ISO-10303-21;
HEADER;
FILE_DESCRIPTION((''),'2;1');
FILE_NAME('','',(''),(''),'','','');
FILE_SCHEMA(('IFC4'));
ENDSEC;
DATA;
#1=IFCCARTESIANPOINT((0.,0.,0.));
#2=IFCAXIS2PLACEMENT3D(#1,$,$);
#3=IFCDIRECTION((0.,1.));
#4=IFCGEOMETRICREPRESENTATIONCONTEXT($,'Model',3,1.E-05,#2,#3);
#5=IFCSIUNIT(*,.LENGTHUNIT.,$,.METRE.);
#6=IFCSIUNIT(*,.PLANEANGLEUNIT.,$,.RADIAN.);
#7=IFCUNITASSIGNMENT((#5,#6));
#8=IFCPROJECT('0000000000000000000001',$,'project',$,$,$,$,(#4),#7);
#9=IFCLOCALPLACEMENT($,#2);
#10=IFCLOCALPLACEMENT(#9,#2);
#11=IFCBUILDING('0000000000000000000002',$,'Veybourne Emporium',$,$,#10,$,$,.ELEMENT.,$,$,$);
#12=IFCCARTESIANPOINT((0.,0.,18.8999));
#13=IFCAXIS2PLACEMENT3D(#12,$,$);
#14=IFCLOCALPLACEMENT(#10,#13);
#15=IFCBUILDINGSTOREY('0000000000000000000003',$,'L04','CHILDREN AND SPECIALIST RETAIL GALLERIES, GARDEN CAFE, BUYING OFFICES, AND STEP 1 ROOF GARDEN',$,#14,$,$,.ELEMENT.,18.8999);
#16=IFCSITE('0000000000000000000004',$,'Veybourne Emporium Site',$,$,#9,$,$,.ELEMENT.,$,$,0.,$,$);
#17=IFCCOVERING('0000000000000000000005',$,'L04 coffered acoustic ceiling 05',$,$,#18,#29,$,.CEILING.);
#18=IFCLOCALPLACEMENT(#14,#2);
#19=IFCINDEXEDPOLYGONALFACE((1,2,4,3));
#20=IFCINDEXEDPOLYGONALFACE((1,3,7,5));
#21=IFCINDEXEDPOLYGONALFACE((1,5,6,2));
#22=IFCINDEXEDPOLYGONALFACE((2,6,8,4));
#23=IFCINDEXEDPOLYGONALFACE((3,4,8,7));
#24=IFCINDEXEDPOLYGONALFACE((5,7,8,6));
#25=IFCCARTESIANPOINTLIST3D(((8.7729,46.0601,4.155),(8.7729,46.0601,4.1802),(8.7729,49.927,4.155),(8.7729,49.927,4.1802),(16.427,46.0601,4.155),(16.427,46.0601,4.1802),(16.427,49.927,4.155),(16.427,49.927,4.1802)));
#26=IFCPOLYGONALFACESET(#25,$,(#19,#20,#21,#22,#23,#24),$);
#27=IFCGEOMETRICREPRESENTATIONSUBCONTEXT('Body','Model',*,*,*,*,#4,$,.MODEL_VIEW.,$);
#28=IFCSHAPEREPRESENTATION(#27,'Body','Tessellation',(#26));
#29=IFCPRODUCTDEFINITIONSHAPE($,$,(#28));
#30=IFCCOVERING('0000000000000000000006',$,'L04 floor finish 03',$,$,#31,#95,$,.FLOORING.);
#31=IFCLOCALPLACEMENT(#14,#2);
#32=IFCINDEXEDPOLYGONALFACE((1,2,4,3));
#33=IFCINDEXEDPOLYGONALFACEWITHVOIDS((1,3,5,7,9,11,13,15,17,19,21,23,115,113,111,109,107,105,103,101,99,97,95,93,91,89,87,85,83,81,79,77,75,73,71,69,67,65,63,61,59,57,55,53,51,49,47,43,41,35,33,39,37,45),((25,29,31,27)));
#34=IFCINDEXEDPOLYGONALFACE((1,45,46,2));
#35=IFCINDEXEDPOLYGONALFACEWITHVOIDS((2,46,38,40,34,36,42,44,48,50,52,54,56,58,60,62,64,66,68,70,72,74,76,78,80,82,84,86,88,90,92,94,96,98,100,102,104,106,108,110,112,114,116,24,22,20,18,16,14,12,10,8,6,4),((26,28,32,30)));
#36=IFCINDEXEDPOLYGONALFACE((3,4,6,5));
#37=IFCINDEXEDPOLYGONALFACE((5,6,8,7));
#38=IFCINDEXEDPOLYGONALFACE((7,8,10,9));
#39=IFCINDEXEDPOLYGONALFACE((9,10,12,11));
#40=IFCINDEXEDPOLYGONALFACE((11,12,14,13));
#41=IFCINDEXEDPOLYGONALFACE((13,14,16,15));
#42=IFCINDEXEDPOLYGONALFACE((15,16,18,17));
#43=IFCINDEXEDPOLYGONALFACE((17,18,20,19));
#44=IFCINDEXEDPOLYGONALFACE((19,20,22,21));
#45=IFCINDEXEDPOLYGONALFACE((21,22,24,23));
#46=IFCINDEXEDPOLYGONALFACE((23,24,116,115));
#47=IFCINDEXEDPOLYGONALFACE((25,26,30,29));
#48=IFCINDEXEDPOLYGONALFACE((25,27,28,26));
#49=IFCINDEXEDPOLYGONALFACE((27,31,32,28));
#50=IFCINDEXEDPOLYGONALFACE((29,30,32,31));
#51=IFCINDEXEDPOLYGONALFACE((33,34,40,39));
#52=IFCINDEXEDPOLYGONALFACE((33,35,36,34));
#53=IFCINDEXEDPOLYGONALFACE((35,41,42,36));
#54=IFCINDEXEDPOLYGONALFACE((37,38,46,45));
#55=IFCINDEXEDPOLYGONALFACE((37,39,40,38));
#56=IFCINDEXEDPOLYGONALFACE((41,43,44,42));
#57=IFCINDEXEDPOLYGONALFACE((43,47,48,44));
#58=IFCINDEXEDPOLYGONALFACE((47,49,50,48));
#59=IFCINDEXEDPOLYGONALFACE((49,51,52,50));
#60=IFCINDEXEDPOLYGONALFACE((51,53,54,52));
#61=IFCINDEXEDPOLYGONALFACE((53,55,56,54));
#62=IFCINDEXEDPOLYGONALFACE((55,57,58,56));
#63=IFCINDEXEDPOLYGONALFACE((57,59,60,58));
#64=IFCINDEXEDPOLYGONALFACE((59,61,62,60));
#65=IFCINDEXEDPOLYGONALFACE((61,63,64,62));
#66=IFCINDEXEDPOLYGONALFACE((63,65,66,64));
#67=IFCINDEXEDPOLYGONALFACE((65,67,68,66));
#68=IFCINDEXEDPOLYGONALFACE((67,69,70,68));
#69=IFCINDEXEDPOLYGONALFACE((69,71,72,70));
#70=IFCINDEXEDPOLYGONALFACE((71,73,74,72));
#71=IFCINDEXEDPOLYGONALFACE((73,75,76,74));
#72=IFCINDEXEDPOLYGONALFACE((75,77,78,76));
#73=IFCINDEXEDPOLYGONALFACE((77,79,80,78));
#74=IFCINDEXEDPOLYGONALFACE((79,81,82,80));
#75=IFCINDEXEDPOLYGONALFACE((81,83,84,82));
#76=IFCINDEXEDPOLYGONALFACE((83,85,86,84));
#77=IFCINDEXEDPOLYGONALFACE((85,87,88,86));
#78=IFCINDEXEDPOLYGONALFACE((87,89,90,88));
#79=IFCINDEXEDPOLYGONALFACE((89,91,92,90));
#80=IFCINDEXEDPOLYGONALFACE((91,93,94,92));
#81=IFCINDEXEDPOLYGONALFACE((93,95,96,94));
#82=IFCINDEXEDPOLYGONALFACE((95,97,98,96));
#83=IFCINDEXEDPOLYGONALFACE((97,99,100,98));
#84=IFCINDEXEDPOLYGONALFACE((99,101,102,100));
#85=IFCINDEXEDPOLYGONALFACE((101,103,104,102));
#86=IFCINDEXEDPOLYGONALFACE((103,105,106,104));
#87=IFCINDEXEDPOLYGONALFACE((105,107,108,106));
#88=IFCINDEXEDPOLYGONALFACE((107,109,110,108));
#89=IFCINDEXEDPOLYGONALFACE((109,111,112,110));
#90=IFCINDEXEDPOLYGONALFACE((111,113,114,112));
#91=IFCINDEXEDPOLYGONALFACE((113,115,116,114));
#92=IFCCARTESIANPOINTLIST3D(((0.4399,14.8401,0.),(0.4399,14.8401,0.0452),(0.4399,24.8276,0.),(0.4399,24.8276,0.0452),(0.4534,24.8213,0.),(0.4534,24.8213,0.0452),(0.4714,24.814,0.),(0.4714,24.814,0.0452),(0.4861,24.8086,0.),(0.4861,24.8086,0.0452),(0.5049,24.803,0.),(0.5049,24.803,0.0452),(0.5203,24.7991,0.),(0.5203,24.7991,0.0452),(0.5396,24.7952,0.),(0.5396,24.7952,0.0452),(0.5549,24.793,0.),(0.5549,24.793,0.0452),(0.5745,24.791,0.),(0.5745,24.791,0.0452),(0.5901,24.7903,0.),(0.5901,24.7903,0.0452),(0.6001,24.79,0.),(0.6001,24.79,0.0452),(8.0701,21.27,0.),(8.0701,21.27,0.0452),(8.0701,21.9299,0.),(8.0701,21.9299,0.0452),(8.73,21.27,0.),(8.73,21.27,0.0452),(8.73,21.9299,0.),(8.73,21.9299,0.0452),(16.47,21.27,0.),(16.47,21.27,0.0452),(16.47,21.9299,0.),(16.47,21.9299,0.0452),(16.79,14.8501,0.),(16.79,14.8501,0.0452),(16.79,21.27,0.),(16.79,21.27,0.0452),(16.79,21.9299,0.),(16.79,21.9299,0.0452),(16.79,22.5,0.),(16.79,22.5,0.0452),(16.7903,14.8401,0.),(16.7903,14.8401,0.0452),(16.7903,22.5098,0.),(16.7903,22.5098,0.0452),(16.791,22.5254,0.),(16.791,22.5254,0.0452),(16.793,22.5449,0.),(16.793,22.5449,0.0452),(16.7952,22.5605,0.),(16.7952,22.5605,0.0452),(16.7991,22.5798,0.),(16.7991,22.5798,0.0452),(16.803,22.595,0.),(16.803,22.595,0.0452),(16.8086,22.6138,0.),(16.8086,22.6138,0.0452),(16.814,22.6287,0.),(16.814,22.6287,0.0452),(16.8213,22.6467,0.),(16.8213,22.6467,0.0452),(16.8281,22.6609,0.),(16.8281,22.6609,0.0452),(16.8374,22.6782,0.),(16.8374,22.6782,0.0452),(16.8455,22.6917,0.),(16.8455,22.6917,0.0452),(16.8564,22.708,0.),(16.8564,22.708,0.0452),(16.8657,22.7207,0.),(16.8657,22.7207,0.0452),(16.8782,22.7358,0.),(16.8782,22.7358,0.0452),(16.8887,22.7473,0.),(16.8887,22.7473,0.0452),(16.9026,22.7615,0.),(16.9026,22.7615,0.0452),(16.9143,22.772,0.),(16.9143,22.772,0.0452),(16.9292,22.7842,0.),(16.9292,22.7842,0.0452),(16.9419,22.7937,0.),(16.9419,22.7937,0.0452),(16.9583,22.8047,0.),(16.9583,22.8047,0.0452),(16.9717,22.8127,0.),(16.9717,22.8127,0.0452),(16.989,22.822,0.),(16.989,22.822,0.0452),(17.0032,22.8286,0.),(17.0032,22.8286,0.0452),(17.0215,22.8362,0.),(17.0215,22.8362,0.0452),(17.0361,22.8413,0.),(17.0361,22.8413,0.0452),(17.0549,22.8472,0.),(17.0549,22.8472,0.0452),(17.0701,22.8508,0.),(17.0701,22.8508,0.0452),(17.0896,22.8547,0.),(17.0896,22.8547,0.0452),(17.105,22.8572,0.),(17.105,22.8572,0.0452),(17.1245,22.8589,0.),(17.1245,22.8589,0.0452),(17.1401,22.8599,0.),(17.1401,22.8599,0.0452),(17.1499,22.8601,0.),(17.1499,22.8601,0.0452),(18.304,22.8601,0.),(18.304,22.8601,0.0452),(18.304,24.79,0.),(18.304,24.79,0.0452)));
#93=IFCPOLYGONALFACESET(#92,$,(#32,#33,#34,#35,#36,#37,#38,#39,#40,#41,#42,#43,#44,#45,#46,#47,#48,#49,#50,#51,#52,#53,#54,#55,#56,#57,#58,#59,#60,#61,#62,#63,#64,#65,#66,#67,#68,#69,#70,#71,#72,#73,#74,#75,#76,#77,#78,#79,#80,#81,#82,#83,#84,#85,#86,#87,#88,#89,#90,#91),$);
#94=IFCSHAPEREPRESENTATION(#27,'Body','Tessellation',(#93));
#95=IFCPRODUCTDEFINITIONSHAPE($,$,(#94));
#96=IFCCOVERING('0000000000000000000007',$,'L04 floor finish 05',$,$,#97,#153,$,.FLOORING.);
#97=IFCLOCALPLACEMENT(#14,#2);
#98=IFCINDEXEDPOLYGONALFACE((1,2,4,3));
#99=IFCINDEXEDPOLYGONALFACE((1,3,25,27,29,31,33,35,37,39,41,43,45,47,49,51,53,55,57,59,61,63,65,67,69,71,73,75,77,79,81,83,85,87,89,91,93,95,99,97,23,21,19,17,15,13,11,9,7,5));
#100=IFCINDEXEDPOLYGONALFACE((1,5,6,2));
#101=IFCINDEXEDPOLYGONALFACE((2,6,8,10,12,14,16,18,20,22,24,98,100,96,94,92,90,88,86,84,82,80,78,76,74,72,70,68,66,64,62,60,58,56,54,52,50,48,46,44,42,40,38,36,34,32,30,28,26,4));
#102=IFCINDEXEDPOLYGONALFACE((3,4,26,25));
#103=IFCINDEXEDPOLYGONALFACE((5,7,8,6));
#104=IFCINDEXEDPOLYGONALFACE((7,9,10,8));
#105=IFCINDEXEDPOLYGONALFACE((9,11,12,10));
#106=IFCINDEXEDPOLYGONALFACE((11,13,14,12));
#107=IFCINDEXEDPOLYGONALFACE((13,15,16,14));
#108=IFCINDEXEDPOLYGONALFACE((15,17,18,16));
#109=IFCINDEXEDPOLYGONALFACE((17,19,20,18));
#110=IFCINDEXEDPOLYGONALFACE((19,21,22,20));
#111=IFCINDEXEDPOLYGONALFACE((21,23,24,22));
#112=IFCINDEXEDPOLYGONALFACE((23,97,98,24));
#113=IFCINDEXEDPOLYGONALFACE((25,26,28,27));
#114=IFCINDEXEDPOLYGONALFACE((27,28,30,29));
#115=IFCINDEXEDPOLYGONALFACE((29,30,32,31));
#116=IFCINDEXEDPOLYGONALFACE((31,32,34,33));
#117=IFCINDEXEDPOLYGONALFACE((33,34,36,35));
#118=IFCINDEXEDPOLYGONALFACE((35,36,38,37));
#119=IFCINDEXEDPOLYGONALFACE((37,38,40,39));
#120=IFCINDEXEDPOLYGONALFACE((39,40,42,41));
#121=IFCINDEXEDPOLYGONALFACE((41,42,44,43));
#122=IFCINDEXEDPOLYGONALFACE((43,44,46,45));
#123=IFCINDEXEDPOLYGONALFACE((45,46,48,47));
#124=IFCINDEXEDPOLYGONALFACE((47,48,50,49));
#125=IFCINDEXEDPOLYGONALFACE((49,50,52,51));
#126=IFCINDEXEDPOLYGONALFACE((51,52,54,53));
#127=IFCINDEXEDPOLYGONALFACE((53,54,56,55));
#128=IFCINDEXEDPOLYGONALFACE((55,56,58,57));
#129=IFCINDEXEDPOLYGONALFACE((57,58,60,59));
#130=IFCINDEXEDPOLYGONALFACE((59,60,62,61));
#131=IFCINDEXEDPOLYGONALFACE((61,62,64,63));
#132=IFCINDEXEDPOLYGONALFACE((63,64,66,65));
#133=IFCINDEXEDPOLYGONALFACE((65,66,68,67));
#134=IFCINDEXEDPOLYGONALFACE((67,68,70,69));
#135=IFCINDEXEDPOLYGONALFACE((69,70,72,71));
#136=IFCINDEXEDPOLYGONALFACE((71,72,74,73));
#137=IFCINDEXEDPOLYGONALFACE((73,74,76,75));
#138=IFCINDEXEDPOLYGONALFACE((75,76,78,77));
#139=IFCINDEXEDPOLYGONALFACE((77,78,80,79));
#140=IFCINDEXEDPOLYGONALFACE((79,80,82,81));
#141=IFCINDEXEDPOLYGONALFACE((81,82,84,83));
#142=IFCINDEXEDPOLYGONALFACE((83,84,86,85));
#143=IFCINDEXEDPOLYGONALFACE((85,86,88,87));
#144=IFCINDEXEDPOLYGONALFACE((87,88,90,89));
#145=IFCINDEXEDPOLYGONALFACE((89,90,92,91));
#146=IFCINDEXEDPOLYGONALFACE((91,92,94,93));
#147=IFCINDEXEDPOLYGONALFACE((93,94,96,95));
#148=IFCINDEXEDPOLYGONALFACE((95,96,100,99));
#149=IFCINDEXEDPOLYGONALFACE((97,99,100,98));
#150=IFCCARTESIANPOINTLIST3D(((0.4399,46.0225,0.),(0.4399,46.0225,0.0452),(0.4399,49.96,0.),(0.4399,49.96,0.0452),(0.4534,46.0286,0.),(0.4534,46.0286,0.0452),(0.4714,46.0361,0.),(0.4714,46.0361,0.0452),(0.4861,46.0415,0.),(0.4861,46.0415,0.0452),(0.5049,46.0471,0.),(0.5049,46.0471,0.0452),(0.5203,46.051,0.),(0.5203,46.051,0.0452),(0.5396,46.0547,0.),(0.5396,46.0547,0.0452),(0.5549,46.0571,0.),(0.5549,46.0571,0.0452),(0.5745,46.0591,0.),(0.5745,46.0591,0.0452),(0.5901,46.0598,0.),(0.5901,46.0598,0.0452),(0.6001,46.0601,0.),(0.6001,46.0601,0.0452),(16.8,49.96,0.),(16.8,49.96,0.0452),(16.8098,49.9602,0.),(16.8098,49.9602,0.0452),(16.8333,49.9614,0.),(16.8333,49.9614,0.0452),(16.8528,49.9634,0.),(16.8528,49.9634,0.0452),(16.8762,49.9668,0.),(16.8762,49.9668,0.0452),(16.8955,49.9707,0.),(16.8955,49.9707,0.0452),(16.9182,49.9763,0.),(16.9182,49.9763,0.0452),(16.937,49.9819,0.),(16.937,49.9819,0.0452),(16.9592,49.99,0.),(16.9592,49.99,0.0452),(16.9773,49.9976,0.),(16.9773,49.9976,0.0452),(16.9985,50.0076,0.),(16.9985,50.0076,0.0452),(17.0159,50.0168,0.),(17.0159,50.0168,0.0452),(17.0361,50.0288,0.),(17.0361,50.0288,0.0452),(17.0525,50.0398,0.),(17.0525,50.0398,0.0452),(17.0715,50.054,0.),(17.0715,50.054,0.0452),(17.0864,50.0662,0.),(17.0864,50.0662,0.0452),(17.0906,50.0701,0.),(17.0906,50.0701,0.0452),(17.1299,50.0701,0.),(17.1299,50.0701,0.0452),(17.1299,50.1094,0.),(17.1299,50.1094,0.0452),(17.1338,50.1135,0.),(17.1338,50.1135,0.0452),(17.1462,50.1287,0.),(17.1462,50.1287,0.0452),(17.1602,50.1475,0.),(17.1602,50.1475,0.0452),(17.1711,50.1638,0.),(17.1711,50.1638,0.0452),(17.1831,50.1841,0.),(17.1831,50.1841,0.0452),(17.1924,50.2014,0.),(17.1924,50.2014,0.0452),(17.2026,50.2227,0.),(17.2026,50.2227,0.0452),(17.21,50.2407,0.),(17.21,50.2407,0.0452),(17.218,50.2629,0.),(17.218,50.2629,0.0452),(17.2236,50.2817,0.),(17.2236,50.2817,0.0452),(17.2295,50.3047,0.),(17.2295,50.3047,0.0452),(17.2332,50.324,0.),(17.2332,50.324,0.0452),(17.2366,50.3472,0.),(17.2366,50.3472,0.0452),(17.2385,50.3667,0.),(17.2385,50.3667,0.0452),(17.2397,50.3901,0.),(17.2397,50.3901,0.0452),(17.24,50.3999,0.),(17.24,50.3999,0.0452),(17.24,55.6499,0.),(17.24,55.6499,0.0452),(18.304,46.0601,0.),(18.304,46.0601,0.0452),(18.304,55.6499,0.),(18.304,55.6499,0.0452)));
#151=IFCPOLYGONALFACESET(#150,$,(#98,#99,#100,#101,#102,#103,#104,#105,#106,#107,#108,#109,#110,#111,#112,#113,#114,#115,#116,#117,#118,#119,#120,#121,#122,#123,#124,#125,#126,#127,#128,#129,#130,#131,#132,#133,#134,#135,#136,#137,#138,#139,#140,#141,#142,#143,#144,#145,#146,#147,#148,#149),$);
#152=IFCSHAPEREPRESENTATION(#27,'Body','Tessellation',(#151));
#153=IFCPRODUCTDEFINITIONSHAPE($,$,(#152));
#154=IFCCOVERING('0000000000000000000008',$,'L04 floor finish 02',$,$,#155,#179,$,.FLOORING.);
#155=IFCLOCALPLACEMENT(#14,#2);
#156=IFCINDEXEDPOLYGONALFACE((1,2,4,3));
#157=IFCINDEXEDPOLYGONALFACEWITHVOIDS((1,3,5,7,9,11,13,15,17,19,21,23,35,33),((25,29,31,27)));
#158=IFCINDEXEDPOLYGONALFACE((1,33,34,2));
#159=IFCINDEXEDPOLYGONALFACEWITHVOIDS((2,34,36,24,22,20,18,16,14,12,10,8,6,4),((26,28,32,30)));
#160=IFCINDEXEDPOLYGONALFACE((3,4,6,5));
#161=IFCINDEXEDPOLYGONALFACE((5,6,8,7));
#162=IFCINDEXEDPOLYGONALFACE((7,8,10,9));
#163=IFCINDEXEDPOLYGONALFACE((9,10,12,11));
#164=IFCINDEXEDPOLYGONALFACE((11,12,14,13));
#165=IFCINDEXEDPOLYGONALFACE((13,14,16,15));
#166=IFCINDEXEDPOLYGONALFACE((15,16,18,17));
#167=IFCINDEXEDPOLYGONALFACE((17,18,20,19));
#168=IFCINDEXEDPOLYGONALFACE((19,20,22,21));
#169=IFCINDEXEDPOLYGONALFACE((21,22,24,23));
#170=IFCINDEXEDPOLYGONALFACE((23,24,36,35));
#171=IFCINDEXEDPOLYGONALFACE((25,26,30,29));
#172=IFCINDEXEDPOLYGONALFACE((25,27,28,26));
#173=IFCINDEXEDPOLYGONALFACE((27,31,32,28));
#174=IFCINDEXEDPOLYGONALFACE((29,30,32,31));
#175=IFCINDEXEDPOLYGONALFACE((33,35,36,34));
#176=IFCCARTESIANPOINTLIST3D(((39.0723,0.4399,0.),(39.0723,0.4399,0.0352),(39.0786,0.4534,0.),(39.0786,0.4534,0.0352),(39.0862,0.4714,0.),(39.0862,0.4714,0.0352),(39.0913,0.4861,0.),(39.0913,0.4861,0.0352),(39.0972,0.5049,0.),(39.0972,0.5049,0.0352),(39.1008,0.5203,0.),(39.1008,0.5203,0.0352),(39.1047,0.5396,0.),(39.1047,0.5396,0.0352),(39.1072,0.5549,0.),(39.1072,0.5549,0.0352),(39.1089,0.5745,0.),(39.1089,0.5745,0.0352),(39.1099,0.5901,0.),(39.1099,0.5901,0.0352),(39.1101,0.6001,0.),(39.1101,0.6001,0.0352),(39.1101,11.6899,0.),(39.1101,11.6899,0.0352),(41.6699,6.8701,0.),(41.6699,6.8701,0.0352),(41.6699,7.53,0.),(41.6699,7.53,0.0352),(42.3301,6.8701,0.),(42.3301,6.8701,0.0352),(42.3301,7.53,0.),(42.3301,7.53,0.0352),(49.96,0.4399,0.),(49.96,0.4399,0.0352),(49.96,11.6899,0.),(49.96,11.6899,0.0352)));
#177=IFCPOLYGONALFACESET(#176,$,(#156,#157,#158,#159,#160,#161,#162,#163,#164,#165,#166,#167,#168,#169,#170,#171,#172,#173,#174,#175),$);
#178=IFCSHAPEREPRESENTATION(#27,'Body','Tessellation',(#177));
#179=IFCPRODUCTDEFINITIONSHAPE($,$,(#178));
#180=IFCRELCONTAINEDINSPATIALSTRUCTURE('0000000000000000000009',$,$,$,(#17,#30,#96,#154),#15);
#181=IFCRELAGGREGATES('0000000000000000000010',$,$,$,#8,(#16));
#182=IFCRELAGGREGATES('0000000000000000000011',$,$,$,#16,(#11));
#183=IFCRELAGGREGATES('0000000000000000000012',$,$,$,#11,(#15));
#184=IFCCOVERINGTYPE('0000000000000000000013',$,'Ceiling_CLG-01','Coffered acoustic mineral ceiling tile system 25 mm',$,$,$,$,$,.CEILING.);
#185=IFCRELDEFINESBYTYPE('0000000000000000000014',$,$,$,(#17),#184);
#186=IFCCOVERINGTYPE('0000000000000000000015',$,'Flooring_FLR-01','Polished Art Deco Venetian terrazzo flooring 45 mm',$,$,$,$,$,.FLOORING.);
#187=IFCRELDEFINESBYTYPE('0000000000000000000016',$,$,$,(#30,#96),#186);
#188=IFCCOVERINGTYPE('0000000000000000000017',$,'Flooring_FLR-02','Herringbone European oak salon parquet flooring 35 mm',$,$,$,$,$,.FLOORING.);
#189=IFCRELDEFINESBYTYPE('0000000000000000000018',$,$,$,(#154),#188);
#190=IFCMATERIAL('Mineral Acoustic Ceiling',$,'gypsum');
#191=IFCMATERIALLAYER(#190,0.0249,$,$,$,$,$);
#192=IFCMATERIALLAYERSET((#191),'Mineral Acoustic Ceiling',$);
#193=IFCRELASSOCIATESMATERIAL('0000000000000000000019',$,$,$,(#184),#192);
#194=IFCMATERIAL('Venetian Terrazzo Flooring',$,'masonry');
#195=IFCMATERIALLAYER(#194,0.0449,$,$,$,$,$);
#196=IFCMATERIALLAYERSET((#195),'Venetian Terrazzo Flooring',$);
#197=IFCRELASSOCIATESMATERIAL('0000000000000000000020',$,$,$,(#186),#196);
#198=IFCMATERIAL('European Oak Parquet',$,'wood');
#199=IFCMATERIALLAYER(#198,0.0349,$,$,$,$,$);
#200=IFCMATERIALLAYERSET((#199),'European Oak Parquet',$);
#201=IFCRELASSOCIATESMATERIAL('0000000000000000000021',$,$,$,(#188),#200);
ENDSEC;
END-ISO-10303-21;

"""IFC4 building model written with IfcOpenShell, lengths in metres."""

from ifc_helpers import new_model, si_unit, direction, frame, origin, place, context, subcontext, project, spatial, polyline, outline, extrude, material, layer, layer_set, type_object, element, save


model = new_model("IFC4")

# Units and contexts
model_context = context("Model", 3, precision=1e-05, world=origin(), true_north=direction((0.0, 1.0)))
body_context = subcontext(model_context, "Body", "Model", "MODEL_VIEW")
ifc_project = project(units=[si_unit("LENGTHUNIT", "METRE"), si_unit("PLANEANGLEUNIT", "RADIAN")], contexts=[model_context])

# Site, building, storey
site_placement = place(None, origin())
site = spatial("IfcSite", under=ifc_project, at=site_placement, Name="Veybourne Emporium Site", CompositionType="ELEMENT", RefElevation=0.0)
building_placement = place(site_placement, origin())
building = spatial("IfcBuilding", under=site, at=building_placement, Name="Veybourne Emporium", CompositionType="ELEMENT")
storey_placement = place(building_placement, frame((0.0, 0.0, 18.8999)))
storey = spatial("IfcBuildingStorey", under=building, at=storey_placement, Name="L04", Description="CHILDREN AND SPECIALIST RETAIL GALLERIES, GARDEN CAFE, BUYING OFFICES, AND STEP 1 ROOF GARDEN", CompositionType="ELEMENT", Elevation=18.8999)

# Coverings
ifc_material_1 = material(Name="Mineral Acoustic Ceiling", Category="gypsum")
ifc_layer_1 = layer(ifc_material_1, 0.0249)
ifc_layer_set_1 = layer_set([ifc_layer_1], Name="Mineral Acoustic Ceiling")
covering_type_1 = type_object("IfcCoveringType", Name="Ceiling_CLG-01", Description="Coffered acoustic mineral ceiling tile system 25 mm", PredefinedType="CEILING", material=ifc_layer_set_1)
covering_1_placement = place(storey_placement, frame((0.0, 0.0, 4.155)))
element("IfcCovering", 1, at=covering_1_placement, inside=storey, type_object=covering_type_1, Name="L04 coffered acoustic ceiling 05", PredefinedType="CEILING", context=body_context, shape_type="SweptSolid", body=[
    extrude(outline(polyline([(8.7729, 46.0601), (8.7729, 49.927), (16.427, 49.927), (16.427, 46.0601), (8.7729, 46.0601)])), origin(), (0.0, 0.0, 1.0), 0.0251),
])
ifc_material_2 = material(Name="Venetian Terrazzo Flooring", Category="masonry")
ifc_layer_2 = layer(ifc_material_2, 0.0449)
ifc_layer_set_2 = layer_set([ifc_layer_2], Name="Venetian Terrazzo Flooring")
covering_type_2 = type_object("IfcCoveringType", Name="Flooring_FLR-01", Description="Polished Art Deco Venetian terrazzo flooring 45 mm", PredefinedType="FLOORING", material=ifc_layer_set_2)
covering_2_placement = place(storey_placement, origin())
element("IfcCovering", 2, at=covering_2_placement, inside=storey, type_object=covering_type_2, Name="L04 floor finish 03", PredefinedType="FLOORING", context=body_context, shape_type="SweptSolid", body=[
    extrude(outline(polyline([(0.4534, 24.8213), (0.4714, 24.814), (0.4861, 24.8086), (0.5049, 24.803), (0.5203, 24.7991), (0.5396, 24.7952), (0.5549, 24.793), (0.5745, 24.791), (0.5901, 24.7903), (0.6001, 24.79), (18.304, 24.79), (18.304, 22.8601), (17.1499, 22.8601), (17.1401, 22.8599), (17.1245, 22.8589), (17.105, 22.8572), (17.0896, 22.8547), (17.0701, 22.8508), (17.0549, 22.8472), (17.0361, 22.8413), (17.0215, 22.8362), (17.0032, 22.8286), (16.989, 22.822), (16.9717, 22.8127), (16.9583, 22.8047), (16.9419, 22.7937), (16.9292, 22.7842), (16.9143, 22.772), (16.9026, 22.7615), (16.8887, 22.7473), (16.8782, 22.7358), (16.8657, 22.7207), (16.8564, 22.708), (16.8455, 22.6917), (16.8374, 22.6782), (16.8281, 22.6609), (16.8213, 22.6467), (16.814, 22.6287), (16.8086, 22.6138), (16.803, 22.595), (16.7991, 22.5798), (16.7952, 22.5605), (16.793, 22.5449), (16.791, 22.5254), (16.7903, 22.5098), (16.79, 22.5), (16.79, 21.9299), (16.47, 21.9299), (16.47, 21.27), (16.79, 21.27), (16.79, 14.8501), (16.7903, 14.8401), (16.7903, 14.8401), (0.4399, 14.8401), (0.4399, 24.8276), (0.4534, 24.8213)]), holes=[polyline([(8.0701, 21.9299), (8.0701, 21.27), (8.73, 21.27), (8.73, 21.9299), (8.0701, 21.9299)])]), origin(), (0.0, 0.0, 1.0), 0.0452),
])
covering_3_placement = place(storey_placement, origin())
element("IfcCovering", 3, at=covering_3_placement, inside=storey, type_object=covering_type_2, Name="L04 floor finish 05", PredefinedType="FLOORING", context=body_context, shape_type="SweptSolid", body=[
    extrude(outline(polyline([(0.4399, 49.96), (16.8, 49.96), (16.8098, 49.9602), (16.8333, 49.9614), (16.8528, 49.9634), (16.8762, 49.9668), (16.8955, 49.9707), (16.9182, 49.9763), (16.937, 49.9819), (16.9592, 49.99), (16.9773, 49.9976), (16.9985, 50.0076), (17.0159, 50.0168), (17.0361, 50.0288), (17.0525, 50.0398), (17.0715, 50.054), (17.0864, 50.0662), (17.0906, 50.0701), (17.1299, 50.0701), (17.1299, 50.1094), (17.1338, 50.1135), (17.1462, 50.1287), (17.1602, 50.1475), (17.1711, 50.1638), (17.1831, 50.1841), (17.1924, 50.2014), (17.2026, 50.2227), (17.21, 50.2407), (17.218, 50.2629), (17.2236, 50.2817), (17.2295, 50.3047), (17.2332, 50.324), (17.2366, 50.3472), (17.2385, 50.3667), (17.2397, 50.3901), (17.24, 50.3999), (17.24, 55.6499), (18.304, 55.6499), (18.304, 46.0601), (0.6001, 46.0601), (0.5901, 46.0598), (0.5745, 46.0591), (0.5549, 46.0571), (0.5396, 46.0547), (0.5203, 46.051), (0.5049, 46.0471), (0.4861, 46.0415), (0.4714, 46.0361), (0.4534, 46.0286), (0.4399, 46.0225), (0.4399, 49.96)])), origin(), (0.0, 0.0, 1.0), 0.0452),
])
ifc_material_3 = material(Name="European Oak Parquet", Category="wood")
ifc_layer_3 = layer(ifc_material_3, 0.0349)
ifc_layer_set_3 = layer_set([ifc_layer_3], Name="European Oak Parquet")
covering_type_3 = type_object("IfcCoveringType", Name="Flooring_FLR-02", Description="Herringbone European oak salon parquet flooring 35 mm", PredefinedType="FLOORING", material=ifc_layer_set_3)
covering_4_placement = place(storey_placement, origin())
element("IfcCovering", 4, at=covering_4_placement, inside=storey, type_object=covering_type_3, Name="L04 floor finish 02", PredefinedType="FLOORING", context=body_context, shape_type="SweptSolid", body=[
    extrude(outline(polyline([(39.0786, 0.4534), (39.0862, 0.4714), (39.0913, 0.4861), (39.0972, 0.5049), (39.1008, 0.5203), (39.1047, 0.5396), (39.1072, 0.5549), (39.1089, 0.5745), (39.1099, 0.5901), (39.1101, 0.6001), (39.1101, 11.6899), (49.96, 11.6899), (49.96, 0.4399), (39.0723, 0.4399), (39.0786, 0.4534)]), holes=[polyline([(41.6699, 7.53), (41.6699, 6.8701), (42.3301, 6.8701), (42.3301, 7.53), (41.6699, 7.53)])]), origin(), (0.0, 0.0, 1.0), 0.0352),
])

save(model, "model.ifc")
